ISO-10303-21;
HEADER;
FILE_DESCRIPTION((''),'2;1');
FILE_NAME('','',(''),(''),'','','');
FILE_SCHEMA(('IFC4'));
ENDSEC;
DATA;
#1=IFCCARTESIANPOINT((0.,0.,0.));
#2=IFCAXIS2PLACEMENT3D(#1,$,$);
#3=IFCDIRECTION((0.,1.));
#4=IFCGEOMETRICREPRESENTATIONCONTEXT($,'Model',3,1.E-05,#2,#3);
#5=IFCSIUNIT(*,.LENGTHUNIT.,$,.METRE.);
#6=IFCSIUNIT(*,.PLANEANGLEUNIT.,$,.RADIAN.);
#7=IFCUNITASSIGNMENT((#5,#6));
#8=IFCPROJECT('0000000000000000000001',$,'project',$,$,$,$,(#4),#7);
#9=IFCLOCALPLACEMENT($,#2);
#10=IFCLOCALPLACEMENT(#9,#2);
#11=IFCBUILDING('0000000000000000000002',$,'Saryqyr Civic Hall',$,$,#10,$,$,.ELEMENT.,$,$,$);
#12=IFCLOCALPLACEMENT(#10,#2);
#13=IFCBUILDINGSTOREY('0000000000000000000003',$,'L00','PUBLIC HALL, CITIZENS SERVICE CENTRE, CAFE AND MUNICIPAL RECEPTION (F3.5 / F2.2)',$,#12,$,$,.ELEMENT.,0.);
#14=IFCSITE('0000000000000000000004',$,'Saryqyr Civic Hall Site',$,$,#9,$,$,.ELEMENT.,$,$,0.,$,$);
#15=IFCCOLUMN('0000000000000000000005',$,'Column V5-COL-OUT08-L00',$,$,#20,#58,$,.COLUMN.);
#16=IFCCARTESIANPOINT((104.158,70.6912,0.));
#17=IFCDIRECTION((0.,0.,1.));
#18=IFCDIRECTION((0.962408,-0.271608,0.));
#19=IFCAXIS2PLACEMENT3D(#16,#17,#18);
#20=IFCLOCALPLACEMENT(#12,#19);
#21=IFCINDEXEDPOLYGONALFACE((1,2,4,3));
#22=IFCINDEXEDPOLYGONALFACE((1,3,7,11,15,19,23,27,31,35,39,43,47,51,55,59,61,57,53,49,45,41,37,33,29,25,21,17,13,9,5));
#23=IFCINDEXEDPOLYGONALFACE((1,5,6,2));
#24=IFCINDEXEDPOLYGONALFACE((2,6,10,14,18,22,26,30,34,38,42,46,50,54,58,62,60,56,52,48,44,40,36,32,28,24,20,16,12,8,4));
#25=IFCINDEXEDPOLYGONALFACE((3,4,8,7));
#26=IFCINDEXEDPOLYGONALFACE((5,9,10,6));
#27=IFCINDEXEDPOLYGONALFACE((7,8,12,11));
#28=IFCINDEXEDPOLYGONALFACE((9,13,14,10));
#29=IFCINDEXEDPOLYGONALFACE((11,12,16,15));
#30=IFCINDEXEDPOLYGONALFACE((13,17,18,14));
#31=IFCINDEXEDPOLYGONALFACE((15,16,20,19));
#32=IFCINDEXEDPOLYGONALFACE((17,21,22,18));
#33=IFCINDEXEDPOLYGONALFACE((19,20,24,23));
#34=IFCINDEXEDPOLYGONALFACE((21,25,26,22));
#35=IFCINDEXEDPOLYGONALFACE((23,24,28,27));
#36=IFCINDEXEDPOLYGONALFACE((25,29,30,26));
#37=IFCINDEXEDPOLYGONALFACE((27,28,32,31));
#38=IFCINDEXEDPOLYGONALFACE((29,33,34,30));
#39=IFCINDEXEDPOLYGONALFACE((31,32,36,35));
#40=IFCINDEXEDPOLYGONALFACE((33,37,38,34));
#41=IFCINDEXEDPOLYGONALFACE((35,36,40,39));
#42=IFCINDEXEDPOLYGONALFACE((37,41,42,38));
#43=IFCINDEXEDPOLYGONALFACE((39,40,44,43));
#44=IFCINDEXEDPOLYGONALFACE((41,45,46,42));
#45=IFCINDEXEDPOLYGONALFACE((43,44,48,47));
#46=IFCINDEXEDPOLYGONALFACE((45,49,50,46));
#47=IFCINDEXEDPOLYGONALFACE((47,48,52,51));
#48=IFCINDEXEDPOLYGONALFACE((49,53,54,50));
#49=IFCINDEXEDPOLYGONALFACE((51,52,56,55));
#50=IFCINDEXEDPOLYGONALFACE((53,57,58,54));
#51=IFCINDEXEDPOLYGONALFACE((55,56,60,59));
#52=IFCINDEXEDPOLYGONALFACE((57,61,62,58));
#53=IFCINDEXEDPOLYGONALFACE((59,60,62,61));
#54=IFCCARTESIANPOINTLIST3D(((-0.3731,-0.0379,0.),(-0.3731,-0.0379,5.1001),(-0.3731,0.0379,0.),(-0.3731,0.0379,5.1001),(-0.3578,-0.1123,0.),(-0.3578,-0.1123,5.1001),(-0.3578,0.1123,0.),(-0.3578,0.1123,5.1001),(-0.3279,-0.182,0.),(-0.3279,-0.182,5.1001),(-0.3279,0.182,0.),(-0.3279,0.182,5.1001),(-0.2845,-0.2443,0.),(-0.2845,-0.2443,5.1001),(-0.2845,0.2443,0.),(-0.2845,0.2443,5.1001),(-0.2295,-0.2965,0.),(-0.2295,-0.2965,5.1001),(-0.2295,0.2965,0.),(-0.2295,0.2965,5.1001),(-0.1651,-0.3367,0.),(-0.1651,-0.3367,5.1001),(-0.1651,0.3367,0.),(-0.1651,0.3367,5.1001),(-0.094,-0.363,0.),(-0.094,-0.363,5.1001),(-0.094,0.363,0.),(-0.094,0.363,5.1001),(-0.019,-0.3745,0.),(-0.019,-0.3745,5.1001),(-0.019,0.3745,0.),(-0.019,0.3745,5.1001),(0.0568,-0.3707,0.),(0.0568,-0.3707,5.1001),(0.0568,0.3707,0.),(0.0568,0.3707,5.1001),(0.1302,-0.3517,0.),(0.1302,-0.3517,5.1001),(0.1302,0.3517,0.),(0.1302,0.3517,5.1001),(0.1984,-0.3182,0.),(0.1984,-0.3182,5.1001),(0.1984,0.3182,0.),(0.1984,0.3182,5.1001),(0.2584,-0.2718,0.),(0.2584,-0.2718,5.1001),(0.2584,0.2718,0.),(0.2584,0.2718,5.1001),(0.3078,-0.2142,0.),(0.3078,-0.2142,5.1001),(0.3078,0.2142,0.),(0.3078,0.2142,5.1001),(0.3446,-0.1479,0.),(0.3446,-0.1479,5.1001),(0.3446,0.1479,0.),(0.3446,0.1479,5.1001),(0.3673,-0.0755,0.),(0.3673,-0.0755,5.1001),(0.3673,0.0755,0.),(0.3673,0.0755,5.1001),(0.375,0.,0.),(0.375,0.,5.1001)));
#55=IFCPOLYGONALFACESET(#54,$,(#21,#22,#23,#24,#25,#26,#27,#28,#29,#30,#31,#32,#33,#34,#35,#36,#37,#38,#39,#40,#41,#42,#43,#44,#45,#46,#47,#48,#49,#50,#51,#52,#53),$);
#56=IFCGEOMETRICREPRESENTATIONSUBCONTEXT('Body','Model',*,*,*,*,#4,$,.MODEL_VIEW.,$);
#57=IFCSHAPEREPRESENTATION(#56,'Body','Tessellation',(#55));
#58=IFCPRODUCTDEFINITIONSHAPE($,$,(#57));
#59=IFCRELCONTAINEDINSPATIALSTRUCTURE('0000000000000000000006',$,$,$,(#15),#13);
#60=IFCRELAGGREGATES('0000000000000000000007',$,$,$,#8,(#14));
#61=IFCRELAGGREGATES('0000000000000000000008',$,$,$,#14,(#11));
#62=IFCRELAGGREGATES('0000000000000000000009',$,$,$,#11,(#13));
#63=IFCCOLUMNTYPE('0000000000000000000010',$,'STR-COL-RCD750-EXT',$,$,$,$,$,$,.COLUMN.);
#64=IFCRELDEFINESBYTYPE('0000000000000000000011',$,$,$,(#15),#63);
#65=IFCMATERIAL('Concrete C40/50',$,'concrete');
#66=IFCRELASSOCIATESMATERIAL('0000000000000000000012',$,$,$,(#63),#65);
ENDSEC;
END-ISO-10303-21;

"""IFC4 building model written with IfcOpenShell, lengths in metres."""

from ifc_helpers import new_model, si_unit, direction, frame, origin, origin_2d, place, context, subcontext, project, spatial, circle, extrude, material, material_profile, profile_set, type_object, element, save


model = new_model("IFC4")

# Units and contexts
model_context = context("Model", 3, precision=1e-05, world=origin(), true_north=direction((0.0, 1.0)))
body_context = subcontext(model_context, "Body", "Model", "MODEL_VIEW")
ifc_project = project(units=[si_unit("LENGTHUNIT", "METRE"), si_unit("PLANEANGLEUNIT", "RADIAN")], contexts=[model_context])

# Site, building, storey
site_placement = place(None, origin())
site = spatial("IfcSite", under=ifc_project, at=site_placement, Name="Saryqyr Civic Hall Site", CompositionType="ELEMENT", RefElevation=0.0)
building_placement = place(site_placement, origin())
building = spatial("IfcBuilding", under=site, at=building_placement, Name="Saryqyr Civic Hall", CompositionType="ELEMENT")
storey_placement = place(building_placement, origin())
storey = spatial("IfcBuildingStorey", under=building, at=storey_placement, Name="L00", Description="PUBLIC HALL, CITIZENS SERVICE CENTRE, CAFE AND MUNICIPAL RECEPTION (F3.5 / F2.2)", CompositionType="ELEMENT", Elevation=0.0)

# Column
ifc_material_1 = material(Name="Concrete C40/50", Category="concrete")
ifc_material_profile_1 = material_profile(ifc_material_1, circle(Radius=0.375, at=origin_2d()), Name="RC D750")
ifc_profile_set_1 = profile_set([ifc_material_profile_1], Name="Concrete C40/50")
column_type = type_object("IfcColumnType", Name="STR-COL-RCD750-EXT", PredefinedType="COLUMN", material=ifc_profile_set_1)
column_placement = place(storey_placement, frame((104.158, 70.6912, 0.0), z_axis=(0.0, 0.0, 1.0), x_axis=(0.962408, -0.271608, 0.0)))
element("IfcColumn", 1, at=column_placement, inside=storey, type_object=column_type, Name="Column V5-COL-OUT08-L00", PredefinedType="COLUMN", context=body_context, shape_type="SweptSolid", body=[
    extrude(circle(Radius=0.375, at=origin_2d()), origin(), (0.0, 0.0, 1.0), 5.1001),
])

save(model, "model.ifc")
